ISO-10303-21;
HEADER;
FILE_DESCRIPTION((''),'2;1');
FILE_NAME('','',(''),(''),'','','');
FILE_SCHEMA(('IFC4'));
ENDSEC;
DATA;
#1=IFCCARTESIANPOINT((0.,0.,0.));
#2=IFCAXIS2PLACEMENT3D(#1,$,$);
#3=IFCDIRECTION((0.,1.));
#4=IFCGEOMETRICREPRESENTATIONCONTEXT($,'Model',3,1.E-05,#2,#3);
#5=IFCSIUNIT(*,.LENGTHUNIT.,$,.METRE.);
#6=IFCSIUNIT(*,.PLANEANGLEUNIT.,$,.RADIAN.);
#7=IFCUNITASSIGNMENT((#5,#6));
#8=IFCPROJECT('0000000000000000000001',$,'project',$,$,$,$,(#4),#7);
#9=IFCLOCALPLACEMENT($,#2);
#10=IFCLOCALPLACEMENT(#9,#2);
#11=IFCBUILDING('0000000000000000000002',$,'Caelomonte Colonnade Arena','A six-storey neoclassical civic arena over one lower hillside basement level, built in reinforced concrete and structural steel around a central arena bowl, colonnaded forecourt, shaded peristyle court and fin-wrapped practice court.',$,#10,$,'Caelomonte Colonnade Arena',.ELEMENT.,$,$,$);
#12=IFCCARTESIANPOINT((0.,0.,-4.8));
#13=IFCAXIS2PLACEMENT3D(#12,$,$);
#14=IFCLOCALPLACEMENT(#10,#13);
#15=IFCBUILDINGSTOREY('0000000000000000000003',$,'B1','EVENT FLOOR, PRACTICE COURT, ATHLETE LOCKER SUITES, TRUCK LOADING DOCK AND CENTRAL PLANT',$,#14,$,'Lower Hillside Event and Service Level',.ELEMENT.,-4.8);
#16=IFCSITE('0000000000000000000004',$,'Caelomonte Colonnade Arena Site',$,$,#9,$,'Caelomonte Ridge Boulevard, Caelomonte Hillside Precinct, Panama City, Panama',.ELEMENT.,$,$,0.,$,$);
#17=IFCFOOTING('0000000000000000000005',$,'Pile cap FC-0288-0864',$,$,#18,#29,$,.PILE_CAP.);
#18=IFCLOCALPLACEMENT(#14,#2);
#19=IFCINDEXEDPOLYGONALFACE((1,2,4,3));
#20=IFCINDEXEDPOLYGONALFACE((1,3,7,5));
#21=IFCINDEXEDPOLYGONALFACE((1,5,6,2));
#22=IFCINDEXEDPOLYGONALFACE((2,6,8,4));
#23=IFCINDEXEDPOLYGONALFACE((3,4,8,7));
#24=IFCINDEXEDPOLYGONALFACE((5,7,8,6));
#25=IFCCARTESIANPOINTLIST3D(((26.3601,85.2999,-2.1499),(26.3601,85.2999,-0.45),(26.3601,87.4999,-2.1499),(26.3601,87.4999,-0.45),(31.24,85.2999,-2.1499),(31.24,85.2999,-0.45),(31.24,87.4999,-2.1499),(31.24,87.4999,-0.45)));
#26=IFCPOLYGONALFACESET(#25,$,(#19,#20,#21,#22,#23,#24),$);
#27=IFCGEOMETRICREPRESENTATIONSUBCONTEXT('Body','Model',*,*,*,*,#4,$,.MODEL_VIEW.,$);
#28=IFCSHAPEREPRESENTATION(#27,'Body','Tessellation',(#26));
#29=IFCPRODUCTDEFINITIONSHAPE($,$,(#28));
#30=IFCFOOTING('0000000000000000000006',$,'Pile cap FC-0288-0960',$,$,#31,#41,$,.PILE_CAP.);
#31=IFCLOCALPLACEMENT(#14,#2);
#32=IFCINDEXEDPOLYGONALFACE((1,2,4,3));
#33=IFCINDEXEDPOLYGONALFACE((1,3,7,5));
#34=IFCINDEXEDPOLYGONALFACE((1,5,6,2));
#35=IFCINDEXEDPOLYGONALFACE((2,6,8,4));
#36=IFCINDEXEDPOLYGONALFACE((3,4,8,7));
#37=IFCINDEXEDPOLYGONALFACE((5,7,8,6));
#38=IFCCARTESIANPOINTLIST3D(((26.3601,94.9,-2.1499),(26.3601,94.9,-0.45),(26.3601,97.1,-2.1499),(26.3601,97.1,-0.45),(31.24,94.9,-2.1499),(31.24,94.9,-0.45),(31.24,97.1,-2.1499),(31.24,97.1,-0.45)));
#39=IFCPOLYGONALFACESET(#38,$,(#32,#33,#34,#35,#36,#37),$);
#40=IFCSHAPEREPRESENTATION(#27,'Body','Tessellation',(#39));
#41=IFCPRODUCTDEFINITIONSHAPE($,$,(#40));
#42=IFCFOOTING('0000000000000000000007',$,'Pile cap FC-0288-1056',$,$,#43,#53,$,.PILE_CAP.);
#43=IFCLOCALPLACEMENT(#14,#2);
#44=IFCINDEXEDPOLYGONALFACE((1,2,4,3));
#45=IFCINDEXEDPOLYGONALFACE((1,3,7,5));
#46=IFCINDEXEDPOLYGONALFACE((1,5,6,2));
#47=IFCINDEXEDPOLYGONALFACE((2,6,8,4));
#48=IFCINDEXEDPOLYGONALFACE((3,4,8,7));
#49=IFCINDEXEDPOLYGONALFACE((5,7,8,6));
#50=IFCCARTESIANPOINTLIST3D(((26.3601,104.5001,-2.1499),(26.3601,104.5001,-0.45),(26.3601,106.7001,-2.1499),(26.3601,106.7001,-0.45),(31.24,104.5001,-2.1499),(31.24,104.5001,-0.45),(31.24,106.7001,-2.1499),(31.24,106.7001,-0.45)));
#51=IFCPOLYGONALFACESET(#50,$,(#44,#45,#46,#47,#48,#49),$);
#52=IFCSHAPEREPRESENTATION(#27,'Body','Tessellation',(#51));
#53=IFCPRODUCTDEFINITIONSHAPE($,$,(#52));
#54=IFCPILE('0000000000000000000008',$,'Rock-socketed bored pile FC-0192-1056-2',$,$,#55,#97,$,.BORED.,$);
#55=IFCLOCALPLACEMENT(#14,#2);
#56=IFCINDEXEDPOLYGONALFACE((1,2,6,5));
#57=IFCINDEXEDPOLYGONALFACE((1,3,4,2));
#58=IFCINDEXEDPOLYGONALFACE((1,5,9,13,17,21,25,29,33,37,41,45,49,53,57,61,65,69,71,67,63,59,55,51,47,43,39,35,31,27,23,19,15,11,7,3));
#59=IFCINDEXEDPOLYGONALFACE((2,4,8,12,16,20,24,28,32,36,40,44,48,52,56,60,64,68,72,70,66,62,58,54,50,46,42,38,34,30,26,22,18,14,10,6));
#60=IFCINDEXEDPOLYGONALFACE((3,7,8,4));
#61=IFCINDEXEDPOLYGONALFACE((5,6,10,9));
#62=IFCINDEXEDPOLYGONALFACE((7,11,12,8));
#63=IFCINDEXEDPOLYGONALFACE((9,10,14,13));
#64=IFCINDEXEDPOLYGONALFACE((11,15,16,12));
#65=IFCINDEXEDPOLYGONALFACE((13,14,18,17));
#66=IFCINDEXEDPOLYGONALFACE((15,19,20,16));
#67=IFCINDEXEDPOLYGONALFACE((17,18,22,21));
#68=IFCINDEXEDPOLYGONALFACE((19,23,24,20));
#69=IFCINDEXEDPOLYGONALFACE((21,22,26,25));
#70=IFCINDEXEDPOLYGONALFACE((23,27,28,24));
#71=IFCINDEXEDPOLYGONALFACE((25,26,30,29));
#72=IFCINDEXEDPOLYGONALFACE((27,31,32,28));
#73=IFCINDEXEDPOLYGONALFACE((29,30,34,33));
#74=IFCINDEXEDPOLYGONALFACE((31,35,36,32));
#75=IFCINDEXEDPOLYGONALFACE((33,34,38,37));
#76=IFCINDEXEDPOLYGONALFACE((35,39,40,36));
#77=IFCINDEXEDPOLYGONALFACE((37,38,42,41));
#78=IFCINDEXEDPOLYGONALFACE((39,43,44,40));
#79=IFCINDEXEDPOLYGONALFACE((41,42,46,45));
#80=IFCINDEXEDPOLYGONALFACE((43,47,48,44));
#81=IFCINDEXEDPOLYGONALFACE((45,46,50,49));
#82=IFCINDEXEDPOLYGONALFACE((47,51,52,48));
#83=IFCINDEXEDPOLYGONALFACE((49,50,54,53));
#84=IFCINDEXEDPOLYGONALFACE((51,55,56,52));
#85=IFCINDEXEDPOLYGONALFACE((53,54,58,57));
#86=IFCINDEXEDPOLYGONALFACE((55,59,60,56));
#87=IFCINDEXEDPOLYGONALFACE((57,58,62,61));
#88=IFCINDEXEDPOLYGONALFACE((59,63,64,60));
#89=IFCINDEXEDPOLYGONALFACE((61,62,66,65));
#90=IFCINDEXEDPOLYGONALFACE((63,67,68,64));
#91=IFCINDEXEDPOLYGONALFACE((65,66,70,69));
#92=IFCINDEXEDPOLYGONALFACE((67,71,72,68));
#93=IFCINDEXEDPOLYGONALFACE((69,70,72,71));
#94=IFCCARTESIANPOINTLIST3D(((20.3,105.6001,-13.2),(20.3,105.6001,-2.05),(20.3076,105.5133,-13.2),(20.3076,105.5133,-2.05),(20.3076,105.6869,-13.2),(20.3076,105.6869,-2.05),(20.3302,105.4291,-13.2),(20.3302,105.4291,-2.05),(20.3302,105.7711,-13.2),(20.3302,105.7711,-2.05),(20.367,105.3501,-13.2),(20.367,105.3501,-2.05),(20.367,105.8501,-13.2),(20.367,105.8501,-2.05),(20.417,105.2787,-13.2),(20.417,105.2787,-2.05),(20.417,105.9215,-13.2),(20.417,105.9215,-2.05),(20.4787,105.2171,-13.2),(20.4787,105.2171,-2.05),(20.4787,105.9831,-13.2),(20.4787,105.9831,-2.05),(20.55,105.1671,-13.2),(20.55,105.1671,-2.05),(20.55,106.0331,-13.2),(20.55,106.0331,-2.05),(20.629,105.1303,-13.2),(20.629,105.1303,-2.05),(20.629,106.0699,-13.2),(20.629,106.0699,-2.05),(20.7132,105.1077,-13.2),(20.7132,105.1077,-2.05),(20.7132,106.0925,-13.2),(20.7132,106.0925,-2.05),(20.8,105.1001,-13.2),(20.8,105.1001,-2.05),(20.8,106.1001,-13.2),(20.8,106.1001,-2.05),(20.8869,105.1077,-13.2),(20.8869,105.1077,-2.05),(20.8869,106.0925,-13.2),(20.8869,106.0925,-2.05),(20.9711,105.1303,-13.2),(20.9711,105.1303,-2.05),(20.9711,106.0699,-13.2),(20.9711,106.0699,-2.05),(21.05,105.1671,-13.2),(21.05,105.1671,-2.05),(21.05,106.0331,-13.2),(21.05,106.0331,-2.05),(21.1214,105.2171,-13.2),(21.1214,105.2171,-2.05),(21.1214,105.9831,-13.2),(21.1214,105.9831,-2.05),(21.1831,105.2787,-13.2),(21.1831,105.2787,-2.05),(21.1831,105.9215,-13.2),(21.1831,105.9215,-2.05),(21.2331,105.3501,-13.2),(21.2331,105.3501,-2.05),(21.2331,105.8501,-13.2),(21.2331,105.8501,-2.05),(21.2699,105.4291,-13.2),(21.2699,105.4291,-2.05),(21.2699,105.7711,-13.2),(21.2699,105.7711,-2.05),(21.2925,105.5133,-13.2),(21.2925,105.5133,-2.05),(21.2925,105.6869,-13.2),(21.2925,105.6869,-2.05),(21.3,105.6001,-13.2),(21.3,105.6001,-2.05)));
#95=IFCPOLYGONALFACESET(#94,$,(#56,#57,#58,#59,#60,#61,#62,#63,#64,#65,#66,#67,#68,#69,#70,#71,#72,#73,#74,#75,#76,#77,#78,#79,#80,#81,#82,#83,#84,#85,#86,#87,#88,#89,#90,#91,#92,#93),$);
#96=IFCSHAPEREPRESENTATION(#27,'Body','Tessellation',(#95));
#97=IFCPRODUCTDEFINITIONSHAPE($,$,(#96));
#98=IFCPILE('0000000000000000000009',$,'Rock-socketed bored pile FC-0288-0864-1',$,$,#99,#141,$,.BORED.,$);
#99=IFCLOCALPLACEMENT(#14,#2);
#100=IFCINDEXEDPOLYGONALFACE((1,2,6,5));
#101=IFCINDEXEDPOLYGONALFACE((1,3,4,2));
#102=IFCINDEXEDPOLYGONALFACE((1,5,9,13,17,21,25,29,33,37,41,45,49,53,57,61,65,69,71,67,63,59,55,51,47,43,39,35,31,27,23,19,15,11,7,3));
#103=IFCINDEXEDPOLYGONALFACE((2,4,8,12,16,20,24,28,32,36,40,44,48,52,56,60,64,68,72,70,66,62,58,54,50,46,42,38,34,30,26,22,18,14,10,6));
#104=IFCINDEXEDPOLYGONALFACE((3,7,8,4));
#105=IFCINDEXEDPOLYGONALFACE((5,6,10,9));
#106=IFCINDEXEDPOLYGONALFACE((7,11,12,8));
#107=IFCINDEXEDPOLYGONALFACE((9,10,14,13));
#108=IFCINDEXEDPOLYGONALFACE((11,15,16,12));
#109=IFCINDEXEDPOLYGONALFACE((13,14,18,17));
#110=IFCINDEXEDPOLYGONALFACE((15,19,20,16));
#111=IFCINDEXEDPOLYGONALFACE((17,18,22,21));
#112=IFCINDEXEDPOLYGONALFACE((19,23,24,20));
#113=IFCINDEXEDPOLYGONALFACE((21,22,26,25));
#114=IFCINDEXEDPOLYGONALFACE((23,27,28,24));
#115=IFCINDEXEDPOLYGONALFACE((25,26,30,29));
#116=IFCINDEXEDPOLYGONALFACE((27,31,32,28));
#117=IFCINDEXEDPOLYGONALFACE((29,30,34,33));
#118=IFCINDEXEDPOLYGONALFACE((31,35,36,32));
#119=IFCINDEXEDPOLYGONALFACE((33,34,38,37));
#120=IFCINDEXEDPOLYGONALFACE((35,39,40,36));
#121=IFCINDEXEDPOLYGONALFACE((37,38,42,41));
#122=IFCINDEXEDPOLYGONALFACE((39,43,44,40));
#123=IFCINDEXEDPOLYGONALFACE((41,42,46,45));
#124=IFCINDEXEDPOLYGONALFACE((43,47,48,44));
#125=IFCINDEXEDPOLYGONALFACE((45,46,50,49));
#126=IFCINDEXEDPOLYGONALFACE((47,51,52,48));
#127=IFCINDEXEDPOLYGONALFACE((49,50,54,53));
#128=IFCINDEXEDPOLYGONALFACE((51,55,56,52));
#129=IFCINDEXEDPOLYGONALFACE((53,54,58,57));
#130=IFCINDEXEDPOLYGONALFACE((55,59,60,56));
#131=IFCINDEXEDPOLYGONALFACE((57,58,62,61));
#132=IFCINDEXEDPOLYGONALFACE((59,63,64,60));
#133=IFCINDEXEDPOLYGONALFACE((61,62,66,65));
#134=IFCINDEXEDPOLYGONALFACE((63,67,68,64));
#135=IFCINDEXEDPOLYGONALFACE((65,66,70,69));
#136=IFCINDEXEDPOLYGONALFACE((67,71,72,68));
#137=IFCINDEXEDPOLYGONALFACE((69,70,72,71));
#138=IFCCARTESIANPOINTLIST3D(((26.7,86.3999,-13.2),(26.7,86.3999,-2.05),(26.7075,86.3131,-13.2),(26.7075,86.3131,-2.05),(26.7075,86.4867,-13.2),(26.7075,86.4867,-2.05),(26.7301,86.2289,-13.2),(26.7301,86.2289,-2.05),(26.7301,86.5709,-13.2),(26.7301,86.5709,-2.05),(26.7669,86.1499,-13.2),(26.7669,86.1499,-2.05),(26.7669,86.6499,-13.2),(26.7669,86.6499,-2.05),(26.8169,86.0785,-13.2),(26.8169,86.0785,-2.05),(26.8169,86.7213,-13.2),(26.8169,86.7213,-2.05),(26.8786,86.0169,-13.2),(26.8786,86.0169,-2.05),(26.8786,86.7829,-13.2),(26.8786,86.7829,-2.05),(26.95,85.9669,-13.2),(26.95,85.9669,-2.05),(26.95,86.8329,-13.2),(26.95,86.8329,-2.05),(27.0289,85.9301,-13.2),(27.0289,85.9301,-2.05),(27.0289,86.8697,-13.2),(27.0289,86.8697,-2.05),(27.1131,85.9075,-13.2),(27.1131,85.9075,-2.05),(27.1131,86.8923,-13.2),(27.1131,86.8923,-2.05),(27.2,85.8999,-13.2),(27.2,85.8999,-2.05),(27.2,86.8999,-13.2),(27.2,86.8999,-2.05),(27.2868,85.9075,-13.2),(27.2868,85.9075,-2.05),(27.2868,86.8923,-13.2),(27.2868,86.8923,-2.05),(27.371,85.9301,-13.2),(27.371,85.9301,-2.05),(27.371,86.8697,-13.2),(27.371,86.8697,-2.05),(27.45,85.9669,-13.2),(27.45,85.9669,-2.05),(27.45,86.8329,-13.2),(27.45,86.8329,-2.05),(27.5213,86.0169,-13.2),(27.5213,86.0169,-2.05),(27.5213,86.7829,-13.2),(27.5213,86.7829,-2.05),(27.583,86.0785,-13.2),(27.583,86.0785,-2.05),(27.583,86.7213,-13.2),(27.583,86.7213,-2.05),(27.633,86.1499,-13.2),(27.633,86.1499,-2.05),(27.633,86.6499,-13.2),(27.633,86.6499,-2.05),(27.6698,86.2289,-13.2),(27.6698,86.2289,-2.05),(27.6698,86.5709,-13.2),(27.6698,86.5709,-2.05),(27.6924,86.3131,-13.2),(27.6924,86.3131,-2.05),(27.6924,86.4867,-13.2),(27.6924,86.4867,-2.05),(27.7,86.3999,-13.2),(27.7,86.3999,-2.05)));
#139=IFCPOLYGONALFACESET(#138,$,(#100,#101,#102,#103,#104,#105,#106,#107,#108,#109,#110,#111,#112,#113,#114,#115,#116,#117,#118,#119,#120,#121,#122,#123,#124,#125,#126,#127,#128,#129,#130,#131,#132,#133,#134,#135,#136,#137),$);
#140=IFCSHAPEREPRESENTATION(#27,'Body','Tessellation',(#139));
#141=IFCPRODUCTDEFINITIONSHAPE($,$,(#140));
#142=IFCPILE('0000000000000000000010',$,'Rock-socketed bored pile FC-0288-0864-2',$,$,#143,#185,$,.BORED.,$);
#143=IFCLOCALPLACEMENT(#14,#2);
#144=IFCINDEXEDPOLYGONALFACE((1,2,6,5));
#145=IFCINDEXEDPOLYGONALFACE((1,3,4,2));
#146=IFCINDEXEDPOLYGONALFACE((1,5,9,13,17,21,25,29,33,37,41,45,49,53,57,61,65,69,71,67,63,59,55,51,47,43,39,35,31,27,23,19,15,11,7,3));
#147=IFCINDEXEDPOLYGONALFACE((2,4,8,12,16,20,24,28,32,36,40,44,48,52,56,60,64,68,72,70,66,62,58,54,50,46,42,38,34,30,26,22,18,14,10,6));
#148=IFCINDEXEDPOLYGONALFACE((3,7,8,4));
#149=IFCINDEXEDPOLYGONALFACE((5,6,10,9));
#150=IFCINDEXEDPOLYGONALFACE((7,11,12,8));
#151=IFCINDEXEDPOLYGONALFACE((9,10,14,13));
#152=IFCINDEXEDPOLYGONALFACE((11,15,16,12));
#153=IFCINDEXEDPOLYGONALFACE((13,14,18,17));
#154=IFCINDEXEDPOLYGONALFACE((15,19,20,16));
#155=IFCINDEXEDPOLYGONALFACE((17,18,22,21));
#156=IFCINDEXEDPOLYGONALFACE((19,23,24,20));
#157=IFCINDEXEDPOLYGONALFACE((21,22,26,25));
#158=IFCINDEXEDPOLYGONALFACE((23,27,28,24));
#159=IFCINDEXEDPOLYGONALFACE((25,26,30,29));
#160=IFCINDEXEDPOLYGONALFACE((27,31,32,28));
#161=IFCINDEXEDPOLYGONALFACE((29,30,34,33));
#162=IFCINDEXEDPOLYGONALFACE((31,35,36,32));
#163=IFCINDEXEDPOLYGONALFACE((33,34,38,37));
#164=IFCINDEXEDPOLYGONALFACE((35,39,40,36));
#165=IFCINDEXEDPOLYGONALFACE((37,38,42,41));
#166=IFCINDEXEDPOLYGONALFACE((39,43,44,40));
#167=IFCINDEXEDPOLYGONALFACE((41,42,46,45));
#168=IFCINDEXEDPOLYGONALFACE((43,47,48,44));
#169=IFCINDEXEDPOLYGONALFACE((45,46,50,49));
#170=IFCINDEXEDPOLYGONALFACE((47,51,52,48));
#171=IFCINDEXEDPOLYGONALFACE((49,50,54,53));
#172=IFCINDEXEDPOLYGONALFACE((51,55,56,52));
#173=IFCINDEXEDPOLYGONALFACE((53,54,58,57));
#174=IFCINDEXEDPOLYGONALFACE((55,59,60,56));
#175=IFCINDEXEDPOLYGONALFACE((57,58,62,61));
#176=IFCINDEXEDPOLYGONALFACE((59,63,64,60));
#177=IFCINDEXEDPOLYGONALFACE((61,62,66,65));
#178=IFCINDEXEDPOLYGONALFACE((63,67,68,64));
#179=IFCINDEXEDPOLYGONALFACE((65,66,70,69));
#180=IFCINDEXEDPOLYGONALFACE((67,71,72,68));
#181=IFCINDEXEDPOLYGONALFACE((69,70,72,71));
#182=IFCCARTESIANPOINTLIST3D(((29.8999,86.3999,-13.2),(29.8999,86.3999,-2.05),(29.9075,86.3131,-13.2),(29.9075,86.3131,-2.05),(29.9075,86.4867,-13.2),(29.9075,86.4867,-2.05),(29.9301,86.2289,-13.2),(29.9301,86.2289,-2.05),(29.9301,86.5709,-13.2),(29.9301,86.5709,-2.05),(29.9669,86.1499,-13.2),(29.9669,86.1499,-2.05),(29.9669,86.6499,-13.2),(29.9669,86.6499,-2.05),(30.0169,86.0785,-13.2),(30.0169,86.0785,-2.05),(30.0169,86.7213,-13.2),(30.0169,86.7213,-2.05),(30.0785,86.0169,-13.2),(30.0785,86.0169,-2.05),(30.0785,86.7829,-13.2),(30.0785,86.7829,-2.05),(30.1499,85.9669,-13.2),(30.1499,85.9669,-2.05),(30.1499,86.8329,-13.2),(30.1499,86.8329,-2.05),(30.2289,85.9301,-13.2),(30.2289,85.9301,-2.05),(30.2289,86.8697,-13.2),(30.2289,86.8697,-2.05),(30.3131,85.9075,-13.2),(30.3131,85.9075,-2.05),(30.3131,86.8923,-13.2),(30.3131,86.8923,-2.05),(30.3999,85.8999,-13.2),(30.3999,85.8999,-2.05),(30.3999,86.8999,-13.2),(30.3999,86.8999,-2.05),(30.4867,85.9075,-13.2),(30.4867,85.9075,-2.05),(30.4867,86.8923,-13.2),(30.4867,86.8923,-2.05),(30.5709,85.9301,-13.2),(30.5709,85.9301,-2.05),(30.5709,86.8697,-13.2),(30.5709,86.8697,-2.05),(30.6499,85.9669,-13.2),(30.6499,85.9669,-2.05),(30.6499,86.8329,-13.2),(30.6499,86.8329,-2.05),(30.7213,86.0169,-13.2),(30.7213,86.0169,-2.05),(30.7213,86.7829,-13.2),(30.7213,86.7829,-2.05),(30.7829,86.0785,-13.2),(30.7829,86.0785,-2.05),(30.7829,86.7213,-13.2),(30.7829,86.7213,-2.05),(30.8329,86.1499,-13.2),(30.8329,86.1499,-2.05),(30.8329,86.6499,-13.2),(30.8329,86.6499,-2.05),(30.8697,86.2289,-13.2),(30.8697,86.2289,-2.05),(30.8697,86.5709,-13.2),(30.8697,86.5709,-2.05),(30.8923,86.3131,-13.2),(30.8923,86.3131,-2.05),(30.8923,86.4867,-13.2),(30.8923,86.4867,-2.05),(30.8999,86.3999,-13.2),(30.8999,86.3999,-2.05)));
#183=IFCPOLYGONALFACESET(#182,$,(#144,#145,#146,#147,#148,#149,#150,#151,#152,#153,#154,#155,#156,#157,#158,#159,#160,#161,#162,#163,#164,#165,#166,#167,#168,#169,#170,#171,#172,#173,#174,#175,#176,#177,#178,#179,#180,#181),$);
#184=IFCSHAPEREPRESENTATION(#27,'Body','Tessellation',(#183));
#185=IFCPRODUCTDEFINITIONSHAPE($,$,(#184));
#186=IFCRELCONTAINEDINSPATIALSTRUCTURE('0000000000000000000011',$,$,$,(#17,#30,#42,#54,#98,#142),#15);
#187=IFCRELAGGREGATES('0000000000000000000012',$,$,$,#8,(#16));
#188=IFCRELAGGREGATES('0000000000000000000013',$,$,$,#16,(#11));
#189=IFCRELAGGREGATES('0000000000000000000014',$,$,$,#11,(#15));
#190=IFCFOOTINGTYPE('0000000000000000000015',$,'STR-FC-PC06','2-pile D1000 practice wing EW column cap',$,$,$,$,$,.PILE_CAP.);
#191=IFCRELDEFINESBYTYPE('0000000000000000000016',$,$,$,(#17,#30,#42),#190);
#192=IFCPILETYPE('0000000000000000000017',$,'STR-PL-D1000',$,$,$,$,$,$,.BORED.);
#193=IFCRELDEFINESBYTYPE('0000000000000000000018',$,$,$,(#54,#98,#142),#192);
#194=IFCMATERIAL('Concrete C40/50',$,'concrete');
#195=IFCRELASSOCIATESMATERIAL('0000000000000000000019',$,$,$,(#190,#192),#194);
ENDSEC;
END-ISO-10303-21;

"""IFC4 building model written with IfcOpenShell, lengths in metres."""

from ifc_helpers import new_model, si_unit, direction, frame, origin, origin_2d, place, context, subcontext, project, spatial, rectangle, circle, extrude, material, material_profile, profile_set, type_object, element, save


model = new_model("IFC4")

# Units and contexts
model_context = context("Model", 3, precision=1e-05, world=origin(), true_north=direction((0.0, 1.0)))
body_context = subcontext(model_context, "Body", "Model", "MODEL_VIEW")
ifc_project = project(units=[si_unit("LENGTHUNIT", "METRE"), si_unit("PLANEANGLEUNIT", "RADIAN")], contexts=[model_context])

# Site, building, storey
site_placement = place(None, origin())
site = spatial("IfcSite", under=ifc_project, at=site_placement, Name="Caelomonte Colonnade Arena Site", LongName="Caelomonte Ridge Boulevard, Caelomonte Hillside Precinct, Panama City, Panama", CompositionType="ELEMENT", RefElevation=0.0)
building_placement = place(site_placement, origin())
building = spatial("IfcBuilding", under=site, at=building_placement, Name="Caelomonte Colonnade Arena", Description="A six-storey neoclassical civic arena over one lower hillside basement level, built in reinforced concrete and structural steel around a central arena bowl, colonnaded forecourt, shaded peristyle court and fin-wrapped practice court.", LongName="Caelomonte Colonnade Arena", CompositionType="ELEMENT")
storey_placement = place(building_placement, frame((0.0, 0.0, -4.8)))
storey = spatial("IfcBuildingStorey", under=building, at=storey_placement, Name="B1", Description="EVENT FLOOR, PRACTICE COURT, ATHLETE LOCKER SUITES, TRUCK LOADING DOCK AND CENTRAL PLANT", LongName="Lower Hillside Event and Service Level", CompositionType="ELEMENT", Elevation=-4.8)

# Footings
ifc_material_1 = material(Name="Concrete C40/50", Category="concrete")
footing_type = type_object("IfcFootingType", Name="STR-FC-PC06", Description="2-pile D1000 practice wing EW column cap", PredefinedType="PILE_CAP", material=ifc_material_1)
for number, where, z_axis, x_axis, name in (
    (1, (28.8, 86.3999, -2.1499), (0.0, 0.0, 1.0), (1.0, 0.0, 0.0), "Pile cap FC-0288-0864"),
    (2, (28.8, 96.0, -2.1499), (0.0, 0.0, 1.0), (1.0, 0.0, 0.0), "Pile cap FC-0288-0960"),
    (3, (28.8, 105.6001, -2.1499), (0.0, 0.0, 1.0), (1.0, 0.0, 0.0), "Pile cap FC-0288-1056"),
):
    element("IfcFooting", number, at=place(storey_placement, frame(where, z_axis=z_axis, x_axis=x_axis)), inside=storey, type_object=footing_type, Name=name, PredefinedType="PILE_CAP", context=body_context, shape_type="SweptSolid", body=[
        extrude(rectangle(XDim=4.8799, YDim=2.2, at=origin_2d()), origin(), (0.0, 0.0, 1.0), 1.7),
    ])

# Piles
ifc_material_profile_1 = material_profile(ifc_material_1, circle(Radius=0.5, at=origin_2d()), Name="PILE-D1000")
ifc_profile_set_1 = profile_set([ifc_material_profile_1], Name="Concrete C40/50")
pile_type = type_object("IfcPileType", Name="STR-PL-D1000", PredefinedType="BORED", material=ifc_profile_set_1)
for number, where, z_axis, x_axis, name in (
    (4, (20.8, 105.6001, -2.05), (0.0, 0.0, -1.0), (1.0, 0.0, 0.0), "Rock-socketed bored pile FC-0192-1056-2"),
    (5, (27.2, 86.3999, -2.05), (0.0, 0.0, -1.0), (1.0, 0.0, 0.0), "Rock-socketed bored pile FC-0288-0864-1"),
    (6, (30.3999, 86.3999, -2.05), (0.0, 0.0, -1.0), (1.0, 0.0, 0.0), "Rock-socketed bored pile FC-0288-0864-2"),
):
    element("IfcPile", number, at=place(storey_placement, frame(where, z_axis=z_axis, x_axis=x_axis)), inside=storey, type_object=pile_type, Name=name, PredefinedType="BORED", context=body_context, shape_type="SweptSolid", body=[
        extrude(circle(Radius=0.5, at=origin_2d()), origin(), (0.0, 0.0, 1.0), 11.1499),
    ])

save(model, "model.ifc")
